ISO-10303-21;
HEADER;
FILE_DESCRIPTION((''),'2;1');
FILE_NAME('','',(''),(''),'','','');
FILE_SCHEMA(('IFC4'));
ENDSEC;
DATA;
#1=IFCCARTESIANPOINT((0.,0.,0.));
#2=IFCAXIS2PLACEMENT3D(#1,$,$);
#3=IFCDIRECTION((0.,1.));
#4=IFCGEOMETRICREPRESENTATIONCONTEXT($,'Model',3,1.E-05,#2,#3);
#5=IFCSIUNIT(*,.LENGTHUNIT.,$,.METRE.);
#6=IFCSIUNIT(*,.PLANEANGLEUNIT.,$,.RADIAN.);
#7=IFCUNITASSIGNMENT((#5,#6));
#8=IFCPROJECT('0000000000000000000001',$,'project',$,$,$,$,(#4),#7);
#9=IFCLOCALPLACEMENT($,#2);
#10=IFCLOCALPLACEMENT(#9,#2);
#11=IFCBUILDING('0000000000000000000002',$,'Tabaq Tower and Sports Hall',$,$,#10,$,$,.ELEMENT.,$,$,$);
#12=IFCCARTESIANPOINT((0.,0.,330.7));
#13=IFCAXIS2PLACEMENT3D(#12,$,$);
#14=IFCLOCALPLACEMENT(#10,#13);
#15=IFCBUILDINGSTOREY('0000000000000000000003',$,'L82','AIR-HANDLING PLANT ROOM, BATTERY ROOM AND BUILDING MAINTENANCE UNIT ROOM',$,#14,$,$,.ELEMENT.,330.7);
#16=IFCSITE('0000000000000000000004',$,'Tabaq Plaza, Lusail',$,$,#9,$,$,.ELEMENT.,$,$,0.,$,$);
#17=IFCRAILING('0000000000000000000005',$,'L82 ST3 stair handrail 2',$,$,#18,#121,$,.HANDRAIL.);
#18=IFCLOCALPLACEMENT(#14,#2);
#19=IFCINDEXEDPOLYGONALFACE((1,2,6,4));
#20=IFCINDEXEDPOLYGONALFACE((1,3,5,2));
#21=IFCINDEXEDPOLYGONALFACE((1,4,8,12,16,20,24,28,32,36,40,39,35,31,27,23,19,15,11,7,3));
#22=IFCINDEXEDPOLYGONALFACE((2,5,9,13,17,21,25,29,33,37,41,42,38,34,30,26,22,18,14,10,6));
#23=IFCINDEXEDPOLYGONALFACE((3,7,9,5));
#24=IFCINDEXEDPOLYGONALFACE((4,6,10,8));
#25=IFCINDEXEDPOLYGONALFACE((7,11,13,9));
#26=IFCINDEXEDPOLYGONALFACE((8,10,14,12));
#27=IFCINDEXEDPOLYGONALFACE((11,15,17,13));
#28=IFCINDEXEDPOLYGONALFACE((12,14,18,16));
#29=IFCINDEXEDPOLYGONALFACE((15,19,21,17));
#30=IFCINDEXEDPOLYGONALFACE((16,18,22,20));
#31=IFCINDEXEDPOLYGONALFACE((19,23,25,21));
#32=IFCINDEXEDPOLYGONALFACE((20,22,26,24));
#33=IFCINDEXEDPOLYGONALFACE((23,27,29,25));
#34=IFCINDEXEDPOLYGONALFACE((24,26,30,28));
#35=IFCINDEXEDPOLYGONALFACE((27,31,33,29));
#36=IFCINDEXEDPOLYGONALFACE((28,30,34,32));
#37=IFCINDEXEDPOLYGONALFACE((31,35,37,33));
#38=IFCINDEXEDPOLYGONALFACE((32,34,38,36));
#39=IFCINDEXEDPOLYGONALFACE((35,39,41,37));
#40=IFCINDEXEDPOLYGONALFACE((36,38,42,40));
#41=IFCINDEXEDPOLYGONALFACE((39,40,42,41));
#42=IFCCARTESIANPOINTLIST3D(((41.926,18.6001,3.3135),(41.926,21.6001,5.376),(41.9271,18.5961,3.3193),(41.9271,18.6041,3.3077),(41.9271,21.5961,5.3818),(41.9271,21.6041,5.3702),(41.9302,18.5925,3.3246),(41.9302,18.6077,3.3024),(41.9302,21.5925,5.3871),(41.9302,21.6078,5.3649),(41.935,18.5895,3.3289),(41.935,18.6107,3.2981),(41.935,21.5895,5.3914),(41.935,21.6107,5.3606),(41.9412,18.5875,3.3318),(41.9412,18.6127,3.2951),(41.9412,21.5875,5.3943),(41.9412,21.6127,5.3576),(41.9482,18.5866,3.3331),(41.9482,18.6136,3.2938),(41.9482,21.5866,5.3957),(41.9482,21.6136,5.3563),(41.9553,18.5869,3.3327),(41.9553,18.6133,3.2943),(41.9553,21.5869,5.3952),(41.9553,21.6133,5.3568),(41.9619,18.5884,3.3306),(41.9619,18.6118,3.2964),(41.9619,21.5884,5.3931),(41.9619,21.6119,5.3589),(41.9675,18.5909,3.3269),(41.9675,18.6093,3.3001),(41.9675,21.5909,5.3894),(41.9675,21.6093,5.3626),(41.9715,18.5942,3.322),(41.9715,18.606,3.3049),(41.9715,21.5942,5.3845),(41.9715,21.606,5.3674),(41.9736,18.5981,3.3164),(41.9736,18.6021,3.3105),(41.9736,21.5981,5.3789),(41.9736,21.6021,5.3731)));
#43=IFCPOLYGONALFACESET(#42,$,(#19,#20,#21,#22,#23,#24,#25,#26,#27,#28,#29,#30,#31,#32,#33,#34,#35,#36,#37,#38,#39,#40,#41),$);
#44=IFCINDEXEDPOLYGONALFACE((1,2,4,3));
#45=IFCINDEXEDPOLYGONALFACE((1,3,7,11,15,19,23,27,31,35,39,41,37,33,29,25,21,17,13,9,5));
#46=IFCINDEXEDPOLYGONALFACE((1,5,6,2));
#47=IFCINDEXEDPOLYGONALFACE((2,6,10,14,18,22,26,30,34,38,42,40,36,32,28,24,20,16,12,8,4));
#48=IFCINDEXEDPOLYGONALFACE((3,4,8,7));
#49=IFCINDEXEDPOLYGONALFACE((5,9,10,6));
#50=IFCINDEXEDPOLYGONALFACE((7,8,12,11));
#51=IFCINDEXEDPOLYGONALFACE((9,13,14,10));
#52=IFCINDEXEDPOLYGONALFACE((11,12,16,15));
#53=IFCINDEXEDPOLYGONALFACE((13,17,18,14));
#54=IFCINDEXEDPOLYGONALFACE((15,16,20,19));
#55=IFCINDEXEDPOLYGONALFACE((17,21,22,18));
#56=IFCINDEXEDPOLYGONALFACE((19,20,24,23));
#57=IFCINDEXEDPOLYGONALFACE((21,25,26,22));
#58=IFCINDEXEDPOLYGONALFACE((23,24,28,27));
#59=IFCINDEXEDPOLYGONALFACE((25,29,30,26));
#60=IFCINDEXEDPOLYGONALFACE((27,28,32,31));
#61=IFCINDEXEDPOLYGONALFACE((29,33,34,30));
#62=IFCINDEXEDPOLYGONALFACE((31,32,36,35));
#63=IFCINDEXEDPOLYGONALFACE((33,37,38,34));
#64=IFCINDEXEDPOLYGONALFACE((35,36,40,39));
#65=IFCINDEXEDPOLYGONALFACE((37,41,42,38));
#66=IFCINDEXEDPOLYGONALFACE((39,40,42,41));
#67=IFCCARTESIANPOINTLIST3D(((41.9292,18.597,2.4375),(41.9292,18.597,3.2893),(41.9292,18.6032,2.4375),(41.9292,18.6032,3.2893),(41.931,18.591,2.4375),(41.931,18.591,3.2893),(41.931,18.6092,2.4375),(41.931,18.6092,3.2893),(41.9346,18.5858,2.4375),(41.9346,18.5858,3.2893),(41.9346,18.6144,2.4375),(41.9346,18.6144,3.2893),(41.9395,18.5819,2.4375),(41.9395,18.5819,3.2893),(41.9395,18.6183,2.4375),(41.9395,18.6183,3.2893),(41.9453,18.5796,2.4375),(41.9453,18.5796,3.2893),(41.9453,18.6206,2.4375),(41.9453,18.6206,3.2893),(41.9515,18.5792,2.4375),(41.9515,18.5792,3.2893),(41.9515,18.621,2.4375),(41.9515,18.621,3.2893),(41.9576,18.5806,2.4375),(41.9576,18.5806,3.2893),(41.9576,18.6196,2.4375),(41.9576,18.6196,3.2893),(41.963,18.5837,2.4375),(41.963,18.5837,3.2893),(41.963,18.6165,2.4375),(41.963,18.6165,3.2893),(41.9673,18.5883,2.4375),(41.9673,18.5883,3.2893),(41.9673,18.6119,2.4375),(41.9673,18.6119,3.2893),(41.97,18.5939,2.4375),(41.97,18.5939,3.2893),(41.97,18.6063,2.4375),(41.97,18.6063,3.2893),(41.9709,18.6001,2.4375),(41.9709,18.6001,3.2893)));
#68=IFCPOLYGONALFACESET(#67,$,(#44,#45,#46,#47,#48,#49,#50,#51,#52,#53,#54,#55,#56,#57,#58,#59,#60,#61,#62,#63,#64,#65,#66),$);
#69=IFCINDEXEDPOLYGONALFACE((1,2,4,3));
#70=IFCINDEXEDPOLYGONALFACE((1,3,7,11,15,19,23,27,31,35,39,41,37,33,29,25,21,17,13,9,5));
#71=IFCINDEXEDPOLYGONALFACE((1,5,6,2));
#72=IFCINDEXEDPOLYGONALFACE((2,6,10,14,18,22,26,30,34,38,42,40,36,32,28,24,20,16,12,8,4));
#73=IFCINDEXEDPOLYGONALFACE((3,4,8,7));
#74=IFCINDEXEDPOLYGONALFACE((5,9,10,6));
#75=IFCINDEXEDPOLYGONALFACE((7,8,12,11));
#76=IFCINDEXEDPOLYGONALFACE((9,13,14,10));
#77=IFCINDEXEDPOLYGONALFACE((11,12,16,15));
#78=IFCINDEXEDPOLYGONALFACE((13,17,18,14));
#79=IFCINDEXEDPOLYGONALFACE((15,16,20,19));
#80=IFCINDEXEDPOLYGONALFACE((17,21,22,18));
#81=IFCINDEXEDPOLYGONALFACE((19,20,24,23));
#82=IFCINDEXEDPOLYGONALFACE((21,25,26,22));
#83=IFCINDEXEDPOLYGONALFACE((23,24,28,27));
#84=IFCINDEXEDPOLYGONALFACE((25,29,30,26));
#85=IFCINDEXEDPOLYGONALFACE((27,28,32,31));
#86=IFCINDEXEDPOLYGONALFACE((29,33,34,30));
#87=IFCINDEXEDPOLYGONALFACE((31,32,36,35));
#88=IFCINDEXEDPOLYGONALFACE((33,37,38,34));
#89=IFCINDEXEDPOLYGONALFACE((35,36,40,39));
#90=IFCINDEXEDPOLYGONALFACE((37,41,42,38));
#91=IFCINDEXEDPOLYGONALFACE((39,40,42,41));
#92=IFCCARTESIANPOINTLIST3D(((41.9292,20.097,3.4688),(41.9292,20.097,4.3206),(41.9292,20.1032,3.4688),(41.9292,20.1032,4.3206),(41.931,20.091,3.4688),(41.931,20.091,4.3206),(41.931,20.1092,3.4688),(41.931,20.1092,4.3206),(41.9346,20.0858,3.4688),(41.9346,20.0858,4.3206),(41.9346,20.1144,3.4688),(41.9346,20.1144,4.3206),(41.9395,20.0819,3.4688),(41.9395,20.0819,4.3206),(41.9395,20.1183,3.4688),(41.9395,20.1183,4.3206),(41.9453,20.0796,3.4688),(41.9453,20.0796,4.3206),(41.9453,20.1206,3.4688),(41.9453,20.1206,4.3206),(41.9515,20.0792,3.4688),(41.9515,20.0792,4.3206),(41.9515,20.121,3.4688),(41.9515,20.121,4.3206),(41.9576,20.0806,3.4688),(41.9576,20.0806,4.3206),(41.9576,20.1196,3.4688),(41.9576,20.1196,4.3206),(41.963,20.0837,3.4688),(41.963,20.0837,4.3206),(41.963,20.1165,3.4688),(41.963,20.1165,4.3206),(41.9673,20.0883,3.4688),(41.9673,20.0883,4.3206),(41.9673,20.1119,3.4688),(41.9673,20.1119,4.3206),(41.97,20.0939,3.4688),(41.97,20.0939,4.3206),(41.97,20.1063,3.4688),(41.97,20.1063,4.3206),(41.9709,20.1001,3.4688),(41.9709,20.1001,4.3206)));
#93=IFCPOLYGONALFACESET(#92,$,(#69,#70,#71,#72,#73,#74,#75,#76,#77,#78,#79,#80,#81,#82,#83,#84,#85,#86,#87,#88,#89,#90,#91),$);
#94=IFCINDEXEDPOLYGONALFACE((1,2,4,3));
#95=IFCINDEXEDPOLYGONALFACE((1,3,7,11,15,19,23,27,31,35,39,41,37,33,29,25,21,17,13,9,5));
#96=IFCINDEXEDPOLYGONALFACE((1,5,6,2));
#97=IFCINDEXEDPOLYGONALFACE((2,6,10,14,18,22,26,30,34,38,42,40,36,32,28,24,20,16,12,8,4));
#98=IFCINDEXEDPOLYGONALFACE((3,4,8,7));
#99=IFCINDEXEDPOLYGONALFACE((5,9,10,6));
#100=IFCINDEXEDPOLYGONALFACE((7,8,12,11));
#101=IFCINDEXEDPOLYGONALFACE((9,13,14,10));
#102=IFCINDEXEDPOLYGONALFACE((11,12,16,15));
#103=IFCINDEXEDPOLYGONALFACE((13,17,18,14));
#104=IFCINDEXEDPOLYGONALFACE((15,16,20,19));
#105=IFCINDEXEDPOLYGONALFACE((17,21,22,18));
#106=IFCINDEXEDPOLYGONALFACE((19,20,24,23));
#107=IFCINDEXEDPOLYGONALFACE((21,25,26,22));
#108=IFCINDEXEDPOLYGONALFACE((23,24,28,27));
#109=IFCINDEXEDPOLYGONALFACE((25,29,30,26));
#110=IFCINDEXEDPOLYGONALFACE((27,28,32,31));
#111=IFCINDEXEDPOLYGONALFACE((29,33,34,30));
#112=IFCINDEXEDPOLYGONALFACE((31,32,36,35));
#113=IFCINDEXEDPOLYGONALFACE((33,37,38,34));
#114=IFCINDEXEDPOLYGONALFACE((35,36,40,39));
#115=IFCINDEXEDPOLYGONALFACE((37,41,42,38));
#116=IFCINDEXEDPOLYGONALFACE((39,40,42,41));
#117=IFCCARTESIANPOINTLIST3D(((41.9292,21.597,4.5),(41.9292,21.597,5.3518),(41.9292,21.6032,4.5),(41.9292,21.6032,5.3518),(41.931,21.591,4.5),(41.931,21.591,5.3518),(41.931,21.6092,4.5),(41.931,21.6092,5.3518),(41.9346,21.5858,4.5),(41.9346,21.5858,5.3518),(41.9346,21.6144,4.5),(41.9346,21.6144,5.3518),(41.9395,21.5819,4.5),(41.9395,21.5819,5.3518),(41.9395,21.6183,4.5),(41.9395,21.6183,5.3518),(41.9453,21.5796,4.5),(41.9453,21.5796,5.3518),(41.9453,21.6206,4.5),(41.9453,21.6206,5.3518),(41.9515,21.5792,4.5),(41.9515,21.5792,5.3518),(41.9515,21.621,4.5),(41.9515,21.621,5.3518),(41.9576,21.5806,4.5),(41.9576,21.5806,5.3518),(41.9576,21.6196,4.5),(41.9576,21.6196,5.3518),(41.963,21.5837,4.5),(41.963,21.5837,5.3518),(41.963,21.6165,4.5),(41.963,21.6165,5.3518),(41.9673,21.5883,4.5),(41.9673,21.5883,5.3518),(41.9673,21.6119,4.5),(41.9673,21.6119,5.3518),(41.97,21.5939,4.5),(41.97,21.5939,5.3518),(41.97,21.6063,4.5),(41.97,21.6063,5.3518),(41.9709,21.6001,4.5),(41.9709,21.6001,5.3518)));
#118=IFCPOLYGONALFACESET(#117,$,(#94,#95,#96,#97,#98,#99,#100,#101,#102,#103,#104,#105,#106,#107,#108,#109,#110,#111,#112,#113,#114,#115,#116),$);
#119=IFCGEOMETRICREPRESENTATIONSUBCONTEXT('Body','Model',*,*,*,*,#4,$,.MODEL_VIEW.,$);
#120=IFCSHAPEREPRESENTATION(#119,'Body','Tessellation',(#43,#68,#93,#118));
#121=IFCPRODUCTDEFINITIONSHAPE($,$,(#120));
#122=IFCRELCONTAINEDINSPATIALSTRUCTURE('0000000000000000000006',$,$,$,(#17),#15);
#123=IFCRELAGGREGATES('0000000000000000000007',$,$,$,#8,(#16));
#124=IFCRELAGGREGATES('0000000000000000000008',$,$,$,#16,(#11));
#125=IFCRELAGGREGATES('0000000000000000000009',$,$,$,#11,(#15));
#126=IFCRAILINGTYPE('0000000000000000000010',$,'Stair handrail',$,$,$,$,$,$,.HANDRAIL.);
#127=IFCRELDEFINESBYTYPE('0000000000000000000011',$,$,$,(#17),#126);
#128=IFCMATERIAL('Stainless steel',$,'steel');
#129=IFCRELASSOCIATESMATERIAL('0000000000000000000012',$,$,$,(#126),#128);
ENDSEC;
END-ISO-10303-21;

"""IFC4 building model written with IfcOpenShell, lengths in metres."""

from ifc_helpers import new_model, si_unit, direction, frame, origin, origin_2d, place, context, subcontext, project, spatial, circle, extrude, material, type_object, element, save


model = new_model("IFC4")

# Units and contexts
model_context = context("Model", 3, precision=1e-05, world=origin(), true_north=direction((0.0, 1.0)))
body_context = subcontext(model_context, "Body", "Model", "MODEL_VIEW")
ifc_project = project(units=[si_unit("LENGTHUNIT", "METRE"), si_unit("PLANEANGLEUNIT", "RADIAN")], contexts=[model_context])

# Site, building, storey
site_placement = place(None, origin())
site = spatial("IfcSite", under=ifc_project, at=site_placement, Name="Tabaq Plaza, Lusail", CompositionType="ELEMENT", RefElevation=0.0)
building_placement = place(site_placement, origin())
building = spatial("IfcBuilding", under=site, at=building_placement, Name="Tabaq Tower and Sports Hall", CompositionType="ELEMENT")
storey_placement = place(building_placement, frame((0.0, 0.0, 330.7)))
storey = spatial("IfcBuildingStorey", under=building, at=storey_placement, Name="L82", Description="AIR-HANDLING PLANT ROOM, BATTERY ROOM AND BUILDING MAINTENANCE UNIT ROOM", CompositionType="ELEMENT", Elevation=330.7)

# Railing
ifc_material_1 = material(Name="Stainless steel", Category="steel")
railing_type_1 = type_object("IfcRailingType", Name="Stair handrail", PredefinedType="HANDRAIL", material=ifc_material_1)
railing_1_placement = place(storey_placement, frame((41.95, 18.6001, 2.4375)))
element("IfcRailing", 1, at=railing_1_placement, inside=storey, type_object=railing_type_1, Name="L82 ST3 stair handrail 2", PredefinedType="HANDRAIL", context=body_context, shape_type="SweptSolid", body=[
    extrude(circle(Radius=0.0239, at=origin_2d()), frame((0.0, 0.0, 0.876), z_axis=(0.0, 0.824042, 0.566529), x_axis=(-1.0, 0.0, 0.0)), (0.0, 0.0, 1.0), 3.6406),
    extrude(circle(Radius=0.021, at=origin_2d()), origin(), (0.0, 0.0, 1.0), 0.8518),
    extrude(circle(Radius=0.021, at=origin_2d()), frame((0.0, 1.5, 1.0312)), (0.0, 0.0, 1.0), 0.8518),
    extrude(circle(Radius=0.021, at=origin_2d()), frame((0.0, 3.0, 2.0625)), (0.0, 0.0, 1.0), 0.8518),
])

save(model, "model.ifc")
